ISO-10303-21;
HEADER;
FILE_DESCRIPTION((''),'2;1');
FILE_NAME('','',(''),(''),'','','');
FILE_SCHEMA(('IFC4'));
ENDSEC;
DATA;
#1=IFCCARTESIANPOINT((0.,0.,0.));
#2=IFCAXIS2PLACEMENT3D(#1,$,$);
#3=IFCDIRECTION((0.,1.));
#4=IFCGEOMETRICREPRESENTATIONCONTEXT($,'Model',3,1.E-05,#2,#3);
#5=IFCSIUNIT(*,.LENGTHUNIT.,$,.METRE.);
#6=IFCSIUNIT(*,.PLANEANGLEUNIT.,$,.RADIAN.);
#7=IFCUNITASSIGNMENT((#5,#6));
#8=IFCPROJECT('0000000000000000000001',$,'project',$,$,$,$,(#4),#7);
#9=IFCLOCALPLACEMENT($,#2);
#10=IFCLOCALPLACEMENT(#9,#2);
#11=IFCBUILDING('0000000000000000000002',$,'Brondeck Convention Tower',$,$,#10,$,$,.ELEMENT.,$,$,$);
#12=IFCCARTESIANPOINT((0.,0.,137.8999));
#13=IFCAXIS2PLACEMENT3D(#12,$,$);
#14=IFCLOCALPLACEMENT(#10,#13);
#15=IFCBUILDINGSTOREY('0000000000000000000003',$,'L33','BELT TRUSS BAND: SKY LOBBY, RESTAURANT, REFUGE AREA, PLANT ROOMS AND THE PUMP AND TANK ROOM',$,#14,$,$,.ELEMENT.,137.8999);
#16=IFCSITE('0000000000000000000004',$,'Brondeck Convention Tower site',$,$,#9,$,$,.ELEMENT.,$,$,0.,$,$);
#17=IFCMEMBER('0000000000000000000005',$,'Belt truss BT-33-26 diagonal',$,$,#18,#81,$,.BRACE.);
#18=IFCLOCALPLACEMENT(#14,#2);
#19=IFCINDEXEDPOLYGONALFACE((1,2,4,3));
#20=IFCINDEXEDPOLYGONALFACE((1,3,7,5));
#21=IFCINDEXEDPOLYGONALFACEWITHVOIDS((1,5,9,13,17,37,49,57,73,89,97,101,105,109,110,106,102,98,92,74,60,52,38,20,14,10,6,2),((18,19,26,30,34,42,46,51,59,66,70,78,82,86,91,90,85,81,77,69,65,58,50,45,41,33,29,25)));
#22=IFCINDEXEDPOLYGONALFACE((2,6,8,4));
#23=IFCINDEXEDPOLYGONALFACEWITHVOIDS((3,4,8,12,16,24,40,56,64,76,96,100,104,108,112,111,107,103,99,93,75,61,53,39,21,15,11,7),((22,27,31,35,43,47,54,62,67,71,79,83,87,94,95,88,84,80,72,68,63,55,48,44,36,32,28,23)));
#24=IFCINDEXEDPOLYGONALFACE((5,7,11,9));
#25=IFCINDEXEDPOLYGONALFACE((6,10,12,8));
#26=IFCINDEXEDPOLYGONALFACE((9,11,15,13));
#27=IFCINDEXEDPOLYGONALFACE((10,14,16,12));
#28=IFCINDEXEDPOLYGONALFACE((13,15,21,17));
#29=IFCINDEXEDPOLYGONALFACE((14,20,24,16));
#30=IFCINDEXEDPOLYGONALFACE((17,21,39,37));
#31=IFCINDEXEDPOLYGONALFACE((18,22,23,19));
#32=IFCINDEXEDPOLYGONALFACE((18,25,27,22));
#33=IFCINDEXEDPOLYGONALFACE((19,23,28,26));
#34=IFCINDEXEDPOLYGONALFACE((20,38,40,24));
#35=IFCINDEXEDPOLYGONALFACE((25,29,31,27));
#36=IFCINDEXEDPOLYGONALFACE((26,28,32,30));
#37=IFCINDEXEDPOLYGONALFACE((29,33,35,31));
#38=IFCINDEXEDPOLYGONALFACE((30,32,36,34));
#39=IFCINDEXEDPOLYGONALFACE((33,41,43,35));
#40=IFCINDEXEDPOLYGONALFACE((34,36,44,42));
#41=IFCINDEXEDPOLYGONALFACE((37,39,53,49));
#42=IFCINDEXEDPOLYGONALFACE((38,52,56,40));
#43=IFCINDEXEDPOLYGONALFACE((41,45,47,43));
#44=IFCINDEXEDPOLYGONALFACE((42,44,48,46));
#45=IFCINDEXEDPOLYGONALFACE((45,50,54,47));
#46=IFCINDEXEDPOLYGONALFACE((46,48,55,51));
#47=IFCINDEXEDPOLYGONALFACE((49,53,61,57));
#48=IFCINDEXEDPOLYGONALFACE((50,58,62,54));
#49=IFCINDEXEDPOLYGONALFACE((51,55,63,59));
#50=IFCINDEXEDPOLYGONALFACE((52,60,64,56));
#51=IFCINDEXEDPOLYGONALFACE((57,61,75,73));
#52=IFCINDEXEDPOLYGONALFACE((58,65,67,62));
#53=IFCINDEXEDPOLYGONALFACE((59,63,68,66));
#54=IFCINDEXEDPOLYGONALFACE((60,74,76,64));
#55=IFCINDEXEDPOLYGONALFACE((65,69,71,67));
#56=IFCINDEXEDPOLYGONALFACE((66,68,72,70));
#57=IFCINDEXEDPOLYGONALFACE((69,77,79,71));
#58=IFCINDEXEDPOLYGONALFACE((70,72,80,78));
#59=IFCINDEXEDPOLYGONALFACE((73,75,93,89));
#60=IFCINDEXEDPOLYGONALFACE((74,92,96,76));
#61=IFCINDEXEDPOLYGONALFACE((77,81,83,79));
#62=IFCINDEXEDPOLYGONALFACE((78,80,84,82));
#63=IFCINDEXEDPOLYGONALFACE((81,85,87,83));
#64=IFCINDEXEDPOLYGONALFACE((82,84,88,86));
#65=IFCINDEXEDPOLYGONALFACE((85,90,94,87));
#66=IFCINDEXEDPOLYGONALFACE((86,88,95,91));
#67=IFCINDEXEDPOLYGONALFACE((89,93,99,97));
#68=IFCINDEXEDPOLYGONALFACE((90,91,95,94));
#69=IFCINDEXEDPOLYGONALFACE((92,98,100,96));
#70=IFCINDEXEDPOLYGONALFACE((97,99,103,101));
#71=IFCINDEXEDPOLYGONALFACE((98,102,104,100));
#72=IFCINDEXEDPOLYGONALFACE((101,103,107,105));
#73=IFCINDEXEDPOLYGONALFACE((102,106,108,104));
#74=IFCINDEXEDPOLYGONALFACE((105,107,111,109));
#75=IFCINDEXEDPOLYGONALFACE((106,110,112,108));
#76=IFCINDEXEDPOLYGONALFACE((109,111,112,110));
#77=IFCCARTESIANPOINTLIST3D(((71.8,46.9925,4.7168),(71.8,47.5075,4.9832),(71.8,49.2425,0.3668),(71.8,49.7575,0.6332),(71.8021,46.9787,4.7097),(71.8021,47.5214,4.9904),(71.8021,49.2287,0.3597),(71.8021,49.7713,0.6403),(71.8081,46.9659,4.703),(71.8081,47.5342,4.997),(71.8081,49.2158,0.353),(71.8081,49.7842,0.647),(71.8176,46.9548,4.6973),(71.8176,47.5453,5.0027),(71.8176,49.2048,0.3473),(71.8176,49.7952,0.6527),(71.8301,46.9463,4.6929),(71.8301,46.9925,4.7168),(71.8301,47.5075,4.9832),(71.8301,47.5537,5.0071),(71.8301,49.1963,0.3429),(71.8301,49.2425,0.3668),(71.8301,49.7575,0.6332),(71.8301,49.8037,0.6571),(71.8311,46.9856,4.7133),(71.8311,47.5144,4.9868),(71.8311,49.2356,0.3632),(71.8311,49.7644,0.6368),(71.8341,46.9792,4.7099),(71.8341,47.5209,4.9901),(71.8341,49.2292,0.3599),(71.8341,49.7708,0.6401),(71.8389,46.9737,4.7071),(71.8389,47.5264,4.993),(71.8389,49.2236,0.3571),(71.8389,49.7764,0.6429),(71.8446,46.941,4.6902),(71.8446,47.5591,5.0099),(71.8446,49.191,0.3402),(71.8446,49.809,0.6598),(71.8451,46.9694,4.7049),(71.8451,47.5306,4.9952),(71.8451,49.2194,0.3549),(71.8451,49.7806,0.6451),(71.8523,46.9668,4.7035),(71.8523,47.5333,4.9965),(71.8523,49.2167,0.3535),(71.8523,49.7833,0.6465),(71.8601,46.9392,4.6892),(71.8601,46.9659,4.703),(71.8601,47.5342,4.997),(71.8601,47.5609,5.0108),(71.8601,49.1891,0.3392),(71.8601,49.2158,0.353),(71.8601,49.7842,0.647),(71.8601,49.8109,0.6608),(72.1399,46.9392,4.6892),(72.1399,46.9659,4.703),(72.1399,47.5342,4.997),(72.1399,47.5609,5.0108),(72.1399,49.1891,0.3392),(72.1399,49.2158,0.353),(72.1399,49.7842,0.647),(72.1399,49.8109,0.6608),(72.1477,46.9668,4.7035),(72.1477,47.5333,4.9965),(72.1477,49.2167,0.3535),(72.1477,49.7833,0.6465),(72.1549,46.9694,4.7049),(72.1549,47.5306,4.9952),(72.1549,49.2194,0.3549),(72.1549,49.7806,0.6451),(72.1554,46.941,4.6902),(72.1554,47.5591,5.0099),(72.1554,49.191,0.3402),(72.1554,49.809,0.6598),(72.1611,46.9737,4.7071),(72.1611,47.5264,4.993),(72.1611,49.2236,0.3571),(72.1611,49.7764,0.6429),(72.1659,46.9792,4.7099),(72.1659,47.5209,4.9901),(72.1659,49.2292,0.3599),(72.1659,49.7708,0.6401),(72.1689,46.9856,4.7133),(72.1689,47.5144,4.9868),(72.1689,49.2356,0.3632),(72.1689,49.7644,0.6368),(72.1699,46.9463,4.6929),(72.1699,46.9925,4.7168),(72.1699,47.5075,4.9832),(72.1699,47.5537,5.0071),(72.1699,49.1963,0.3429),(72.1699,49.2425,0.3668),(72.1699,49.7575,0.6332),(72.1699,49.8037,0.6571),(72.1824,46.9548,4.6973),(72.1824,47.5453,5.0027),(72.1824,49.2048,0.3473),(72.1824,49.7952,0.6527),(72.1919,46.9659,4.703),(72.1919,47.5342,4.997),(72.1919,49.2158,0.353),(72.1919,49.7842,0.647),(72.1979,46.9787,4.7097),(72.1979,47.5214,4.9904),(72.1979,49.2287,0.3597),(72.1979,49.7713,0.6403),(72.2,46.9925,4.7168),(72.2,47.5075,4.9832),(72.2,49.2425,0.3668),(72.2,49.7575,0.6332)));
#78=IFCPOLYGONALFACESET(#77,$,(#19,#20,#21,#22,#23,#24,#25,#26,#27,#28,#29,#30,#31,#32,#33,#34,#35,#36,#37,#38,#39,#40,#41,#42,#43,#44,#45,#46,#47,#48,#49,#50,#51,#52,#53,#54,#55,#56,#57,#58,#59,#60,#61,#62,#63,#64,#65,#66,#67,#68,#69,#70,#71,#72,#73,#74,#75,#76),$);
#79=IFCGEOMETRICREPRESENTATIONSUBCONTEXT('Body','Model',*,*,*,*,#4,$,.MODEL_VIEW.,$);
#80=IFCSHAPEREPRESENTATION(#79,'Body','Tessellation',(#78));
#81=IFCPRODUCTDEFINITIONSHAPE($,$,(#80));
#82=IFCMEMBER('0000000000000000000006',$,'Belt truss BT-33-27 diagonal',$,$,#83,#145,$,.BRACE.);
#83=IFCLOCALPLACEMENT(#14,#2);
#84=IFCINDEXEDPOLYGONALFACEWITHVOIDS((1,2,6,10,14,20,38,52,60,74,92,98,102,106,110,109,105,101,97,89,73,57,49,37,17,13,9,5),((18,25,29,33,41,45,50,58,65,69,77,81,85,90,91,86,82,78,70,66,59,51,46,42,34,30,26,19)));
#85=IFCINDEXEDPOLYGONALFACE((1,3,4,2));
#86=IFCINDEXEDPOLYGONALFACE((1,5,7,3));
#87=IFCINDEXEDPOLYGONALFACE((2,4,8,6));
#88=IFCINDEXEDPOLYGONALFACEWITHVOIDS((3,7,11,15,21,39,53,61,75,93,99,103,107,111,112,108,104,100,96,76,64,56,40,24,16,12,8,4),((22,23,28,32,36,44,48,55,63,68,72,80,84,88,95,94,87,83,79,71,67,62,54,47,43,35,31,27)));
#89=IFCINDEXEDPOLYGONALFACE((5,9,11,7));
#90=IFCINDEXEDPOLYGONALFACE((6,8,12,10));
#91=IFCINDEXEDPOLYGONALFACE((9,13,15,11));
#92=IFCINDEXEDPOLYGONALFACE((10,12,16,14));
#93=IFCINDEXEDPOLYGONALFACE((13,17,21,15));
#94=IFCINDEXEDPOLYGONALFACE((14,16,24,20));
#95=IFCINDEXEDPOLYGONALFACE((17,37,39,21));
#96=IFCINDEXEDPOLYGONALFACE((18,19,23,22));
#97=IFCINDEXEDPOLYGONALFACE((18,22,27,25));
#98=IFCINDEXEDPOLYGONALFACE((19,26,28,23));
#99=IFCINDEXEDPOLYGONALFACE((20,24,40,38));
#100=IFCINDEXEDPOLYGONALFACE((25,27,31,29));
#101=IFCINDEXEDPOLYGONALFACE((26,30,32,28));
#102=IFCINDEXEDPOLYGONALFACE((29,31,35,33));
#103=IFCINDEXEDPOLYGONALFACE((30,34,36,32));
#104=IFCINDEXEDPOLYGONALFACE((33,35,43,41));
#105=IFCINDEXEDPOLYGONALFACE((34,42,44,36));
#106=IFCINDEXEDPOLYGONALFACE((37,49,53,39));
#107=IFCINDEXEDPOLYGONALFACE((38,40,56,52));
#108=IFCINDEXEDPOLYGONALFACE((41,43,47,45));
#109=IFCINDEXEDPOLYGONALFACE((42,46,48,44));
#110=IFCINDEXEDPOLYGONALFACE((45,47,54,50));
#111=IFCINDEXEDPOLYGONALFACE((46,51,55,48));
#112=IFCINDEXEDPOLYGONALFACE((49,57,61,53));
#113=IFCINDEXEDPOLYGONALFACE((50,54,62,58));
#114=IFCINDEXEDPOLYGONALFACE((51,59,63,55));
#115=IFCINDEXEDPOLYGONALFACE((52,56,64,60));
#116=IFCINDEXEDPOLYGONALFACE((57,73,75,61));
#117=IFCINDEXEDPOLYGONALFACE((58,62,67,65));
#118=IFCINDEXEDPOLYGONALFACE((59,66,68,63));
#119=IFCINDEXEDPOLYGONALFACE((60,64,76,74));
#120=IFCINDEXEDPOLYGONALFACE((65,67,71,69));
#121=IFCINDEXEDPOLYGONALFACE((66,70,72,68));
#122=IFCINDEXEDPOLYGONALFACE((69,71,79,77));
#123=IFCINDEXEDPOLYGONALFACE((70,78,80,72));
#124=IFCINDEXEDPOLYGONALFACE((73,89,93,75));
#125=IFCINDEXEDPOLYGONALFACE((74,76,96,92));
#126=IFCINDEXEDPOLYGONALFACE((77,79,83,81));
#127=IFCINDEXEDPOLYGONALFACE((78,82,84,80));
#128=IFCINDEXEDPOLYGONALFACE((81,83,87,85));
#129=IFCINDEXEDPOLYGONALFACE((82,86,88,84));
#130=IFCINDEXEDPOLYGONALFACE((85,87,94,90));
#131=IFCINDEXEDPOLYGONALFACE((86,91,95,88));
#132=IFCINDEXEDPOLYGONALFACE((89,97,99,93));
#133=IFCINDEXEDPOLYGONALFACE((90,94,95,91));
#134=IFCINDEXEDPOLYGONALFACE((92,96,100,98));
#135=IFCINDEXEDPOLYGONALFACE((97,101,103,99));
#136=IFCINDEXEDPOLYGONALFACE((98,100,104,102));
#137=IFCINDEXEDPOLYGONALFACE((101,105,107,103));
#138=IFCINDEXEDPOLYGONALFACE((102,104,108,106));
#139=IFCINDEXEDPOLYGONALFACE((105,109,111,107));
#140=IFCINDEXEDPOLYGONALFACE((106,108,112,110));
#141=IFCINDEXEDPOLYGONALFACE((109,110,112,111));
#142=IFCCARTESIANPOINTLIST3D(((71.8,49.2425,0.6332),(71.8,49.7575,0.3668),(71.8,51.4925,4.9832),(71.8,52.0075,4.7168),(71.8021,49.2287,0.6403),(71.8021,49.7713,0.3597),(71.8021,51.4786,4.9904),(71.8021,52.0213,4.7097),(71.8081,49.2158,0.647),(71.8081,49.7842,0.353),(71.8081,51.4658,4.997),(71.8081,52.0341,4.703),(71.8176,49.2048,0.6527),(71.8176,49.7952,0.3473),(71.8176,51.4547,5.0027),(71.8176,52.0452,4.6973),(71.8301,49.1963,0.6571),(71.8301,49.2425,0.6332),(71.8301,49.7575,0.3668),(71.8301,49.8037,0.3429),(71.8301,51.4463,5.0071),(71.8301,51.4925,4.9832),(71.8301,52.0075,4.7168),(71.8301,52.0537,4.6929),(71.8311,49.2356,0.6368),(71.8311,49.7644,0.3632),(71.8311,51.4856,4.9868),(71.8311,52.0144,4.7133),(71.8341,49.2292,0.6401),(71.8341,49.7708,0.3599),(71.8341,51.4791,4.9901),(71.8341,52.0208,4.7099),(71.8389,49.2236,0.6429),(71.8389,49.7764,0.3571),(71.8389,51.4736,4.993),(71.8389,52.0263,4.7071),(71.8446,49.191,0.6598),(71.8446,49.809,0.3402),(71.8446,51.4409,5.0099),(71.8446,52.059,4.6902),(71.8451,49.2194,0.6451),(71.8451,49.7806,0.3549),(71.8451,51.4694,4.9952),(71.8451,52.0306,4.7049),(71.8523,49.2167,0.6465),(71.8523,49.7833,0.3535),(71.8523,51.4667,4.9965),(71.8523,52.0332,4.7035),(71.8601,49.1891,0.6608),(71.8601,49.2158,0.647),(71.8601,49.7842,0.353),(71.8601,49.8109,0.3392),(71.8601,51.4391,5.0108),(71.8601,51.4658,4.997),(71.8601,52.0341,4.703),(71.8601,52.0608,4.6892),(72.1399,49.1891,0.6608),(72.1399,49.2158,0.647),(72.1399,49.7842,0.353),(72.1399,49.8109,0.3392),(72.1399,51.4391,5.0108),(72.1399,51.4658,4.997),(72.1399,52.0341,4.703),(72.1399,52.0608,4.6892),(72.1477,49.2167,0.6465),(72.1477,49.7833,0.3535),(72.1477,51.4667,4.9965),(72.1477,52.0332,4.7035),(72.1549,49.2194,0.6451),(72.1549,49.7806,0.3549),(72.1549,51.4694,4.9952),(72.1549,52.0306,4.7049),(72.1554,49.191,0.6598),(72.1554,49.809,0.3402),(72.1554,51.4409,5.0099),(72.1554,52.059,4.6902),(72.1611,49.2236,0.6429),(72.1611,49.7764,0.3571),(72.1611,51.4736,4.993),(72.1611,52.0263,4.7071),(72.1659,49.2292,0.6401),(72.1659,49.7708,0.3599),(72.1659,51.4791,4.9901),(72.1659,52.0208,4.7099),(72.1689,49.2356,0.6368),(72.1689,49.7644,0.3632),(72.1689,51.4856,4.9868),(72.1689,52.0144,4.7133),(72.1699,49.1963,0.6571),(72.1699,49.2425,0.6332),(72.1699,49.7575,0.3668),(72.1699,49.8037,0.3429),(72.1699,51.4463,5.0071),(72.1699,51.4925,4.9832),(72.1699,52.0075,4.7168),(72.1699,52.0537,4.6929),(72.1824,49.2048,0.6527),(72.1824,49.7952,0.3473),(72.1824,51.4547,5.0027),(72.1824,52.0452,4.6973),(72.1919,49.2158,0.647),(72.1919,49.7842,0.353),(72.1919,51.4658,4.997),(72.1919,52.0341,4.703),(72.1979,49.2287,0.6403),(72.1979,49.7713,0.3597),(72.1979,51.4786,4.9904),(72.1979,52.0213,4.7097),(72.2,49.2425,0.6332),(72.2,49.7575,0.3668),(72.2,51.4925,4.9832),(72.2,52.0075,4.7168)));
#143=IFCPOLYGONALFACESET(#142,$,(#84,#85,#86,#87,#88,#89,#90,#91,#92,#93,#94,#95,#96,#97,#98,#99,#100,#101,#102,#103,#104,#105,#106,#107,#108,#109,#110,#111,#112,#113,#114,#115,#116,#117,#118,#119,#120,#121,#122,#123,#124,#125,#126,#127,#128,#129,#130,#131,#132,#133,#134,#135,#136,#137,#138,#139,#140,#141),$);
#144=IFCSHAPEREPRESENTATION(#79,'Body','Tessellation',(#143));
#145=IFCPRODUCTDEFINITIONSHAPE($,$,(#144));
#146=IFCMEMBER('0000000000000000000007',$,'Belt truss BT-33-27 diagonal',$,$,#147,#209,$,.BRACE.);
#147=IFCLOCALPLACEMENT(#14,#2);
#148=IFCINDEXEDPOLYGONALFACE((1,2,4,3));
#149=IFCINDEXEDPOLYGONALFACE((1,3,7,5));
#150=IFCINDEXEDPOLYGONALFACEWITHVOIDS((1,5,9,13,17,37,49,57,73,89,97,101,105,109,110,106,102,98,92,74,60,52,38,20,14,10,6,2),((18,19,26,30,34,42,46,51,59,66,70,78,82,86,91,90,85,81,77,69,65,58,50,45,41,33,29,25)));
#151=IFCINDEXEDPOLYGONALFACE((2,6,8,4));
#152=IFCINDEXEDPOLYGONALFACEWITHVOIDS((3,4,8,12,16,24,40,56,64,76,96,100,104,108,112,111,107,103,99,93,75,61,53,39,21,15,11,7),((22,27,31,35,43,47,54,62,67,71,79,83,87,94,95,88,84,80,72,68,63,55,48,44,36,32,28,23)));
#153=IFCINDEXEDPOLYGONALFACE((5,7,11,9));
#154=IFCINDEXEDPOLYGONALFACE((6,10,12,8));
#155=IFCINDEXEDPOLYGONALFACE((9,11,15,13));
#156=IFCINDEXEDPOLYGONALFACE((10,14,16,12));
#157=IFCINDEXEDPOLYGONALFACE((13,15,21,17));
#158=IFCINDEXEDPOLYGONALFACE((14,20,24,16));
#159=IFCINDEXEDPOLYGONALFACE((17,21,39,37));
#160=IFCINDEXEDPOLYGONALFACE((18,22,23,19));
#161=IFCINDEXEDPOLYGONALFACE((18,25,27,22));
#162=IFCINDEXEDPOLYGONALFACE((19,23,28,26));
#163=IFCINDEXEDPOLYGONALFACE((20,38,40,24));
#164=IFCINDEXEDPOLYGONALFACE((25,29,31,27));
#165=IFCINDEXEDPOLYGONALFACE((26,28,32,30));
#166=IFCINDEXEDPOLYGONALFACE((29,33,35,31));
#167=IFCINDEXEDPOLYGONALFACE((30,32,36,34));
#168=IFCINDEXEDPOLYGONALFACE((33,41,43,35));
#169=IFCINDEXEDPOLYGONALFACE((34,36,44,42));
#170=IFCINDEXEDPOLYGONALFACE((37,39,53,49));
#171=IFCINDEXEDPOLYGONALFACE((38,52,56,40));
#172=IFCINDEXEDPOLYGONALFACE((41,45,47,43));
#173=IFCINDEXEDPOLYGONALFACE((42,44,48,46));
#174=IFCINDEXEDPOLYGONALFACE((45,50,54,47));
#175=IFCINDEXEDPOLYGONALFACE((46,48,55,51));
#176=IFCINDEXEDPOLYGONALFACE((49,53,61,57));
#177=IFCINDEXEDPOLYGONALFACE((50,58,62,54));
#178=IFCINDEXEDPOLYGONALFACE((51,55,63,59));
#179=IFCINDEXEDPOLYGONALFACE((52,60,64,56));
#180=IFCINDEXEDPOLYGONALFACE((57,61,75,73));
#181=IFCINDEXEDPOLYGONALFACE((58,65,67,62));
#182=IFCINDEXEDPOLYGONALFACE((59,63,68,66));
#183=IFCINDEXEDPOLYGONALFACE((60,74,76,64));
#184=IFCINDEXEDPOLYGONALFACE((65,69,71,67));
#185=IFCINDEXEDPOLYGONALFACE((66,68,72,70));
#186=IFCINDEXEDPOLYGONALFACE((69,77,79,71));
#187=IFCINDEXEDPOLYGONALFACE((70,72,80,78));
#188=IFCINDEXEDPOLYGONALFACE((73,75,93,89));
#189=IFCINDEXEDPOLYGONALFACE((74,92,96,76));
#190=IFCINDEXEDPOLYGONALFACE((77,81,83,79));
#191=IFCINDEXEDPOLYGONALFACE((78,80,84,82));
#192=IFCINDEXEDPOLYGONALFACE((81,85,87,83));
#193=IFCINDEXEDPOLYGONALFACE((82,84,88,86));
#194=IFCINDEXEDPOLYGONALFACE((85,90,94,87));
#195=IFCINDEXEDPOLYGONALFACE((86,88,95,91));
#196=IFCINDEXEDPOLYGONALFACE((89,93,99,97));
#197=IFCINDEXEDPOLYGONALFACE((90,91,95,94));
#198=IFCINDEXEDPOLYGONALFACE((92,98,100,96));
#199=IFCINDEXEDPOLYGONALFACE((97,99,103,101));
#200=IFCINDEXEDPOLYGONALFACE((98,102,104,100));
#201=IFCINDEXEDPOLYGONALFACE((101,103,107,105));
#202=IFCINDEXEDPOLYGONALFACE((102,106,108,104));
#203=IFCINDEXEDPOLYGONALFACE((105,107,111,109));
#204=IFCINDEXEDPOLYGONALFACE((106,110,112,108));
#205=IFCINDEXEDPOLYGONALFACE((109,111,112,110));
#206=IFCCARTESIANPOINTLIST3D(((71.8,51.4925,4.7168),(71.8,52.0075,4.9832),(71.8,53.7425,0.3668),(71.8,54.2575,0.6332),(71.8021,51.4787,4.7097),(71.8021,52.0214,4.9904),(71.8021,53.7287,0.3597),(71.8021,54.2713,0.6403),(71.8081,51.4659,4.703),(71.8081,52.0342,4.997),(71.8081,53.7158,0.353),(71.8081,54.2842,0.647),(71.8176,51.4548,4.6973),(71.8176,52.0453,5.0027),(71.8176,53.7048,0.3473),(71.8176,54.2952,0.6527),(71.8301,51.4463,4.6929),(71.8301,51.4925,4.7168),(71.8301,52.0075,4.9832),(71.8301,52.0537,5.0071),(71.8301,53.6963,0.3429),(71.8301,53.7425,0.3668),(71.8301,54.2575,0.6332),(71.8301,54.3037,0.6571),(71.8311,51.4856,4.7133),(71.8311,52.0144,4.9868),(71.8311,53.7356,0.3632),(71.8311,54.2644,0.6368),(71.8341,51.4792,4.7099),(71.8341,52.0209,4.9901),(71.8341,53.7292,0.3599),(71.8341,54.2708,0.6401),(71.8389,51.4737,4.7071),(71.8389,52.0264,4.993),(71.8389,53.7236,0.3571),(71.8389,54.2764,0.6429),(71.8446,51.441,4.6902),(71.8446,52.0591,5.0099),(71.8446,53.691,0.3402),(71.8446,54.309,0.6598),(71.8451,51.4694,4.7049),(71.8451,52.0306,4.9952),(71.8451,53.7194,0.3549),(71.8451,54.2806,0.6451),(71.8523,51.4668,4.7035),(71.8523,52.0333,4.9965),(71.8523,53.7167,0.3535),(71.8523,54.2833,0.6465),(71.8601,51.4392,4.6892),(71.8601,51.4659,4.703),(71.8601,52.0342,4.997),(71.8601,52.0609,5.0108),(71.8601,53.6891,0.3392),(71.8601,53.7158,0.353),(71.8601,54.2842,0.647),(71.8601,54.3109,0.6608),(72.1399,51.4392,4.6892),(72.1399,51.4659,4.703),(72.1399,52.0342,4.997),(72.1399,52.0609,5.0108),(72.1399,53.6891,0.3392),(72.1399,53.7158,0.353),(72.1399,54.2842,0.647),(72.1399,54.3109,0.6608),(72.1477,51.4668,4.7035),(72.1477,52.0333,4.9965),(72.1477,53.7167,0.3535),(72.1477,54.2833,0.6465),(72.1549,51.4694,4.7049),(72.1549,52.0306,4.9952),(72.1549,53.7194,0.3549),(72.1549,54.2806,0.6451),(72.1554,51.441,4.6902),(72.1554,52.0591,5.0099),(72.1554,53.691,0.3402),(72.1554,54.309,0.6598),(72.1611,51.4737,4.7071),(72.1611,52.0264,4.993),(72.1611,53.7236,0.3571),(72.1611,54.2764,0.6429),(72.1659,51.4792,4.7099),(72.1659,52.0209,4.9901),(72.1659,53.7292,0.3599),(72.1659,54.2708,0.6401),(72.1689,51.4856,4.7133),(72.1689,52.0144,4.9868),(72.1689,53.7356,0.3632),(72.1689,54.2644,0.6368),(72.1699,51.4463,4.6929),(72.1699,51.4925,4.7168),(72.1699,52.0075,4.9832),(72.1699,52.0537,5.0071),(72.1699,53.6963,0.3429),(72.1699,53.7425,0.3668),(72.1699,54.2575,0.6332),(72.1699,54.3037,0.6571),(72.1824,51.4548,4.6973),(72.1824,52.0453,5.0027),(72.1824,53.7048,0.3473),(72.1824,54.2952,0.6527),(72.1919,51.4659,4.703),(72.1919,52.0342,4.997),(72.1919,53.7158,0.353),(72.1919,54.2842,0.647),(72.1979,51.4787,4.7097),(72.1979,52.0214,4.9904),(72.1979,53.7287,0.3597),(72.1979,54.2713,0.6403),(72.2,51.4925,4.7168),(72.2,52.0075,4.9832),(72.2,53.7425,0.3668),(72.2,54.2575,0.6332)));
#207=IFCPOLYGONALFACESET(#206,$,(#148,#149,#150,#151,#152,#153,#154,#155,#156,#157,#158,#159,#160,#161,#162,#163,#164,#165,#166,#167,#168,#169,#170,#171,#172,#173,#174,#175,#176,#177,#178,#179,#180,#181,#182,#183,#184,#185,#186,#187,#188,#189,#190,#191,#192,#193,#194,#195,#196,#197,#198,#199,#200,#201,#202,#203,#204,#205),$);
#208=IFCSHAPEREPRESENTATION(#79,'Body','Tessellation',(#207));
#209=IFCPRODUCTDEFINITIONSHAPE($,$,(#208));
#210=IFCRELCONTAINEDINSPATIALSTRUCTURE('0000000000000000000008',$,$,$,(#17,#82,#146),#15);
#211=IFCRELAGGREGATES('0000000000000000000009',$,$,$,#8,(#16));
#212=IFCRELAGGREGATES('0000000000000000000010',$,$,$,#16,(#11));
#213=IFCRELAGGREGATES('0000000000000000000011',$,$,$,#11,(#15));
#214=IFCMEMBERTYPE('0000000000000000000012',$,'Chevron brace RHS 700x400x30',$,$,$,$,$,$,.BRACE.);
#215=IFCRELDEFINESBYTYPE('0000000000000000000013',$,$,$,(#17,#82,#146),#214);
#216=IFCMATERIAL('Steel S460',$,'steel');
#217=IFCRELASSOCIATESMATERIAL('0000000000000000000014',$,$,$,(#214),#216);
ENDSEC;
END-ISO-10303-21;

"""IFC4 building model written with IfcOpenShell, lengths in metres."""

from ifc_helpers import new_model, si_unit, direction, frame, origin, origin_2d, place, context, subcontext, project, spatial, hollow_rectangle, extrude, material, material_profile, profile_set, type_object, element, save


model = new_model("IFC4")

# Units and contexts
model_context = context("Model", 3, precision=1e-05, world=origin(), true_north=direction((0.0, 1.0)))
body_context = subcontext(model_context, "Body", "Model", "MODEL_VIEW")
ifc_project = project(units=[si_unit("LENGTHUNIT", "METRE"), si_unit("PLANEANGLEUNIT", "RADIAN")], contexts=[model_context])

# Site, building, storey
site_placement = place(None, origin())
site = spatial("IfcSite", under=ifc_project, at=site_placement, Name="Brondeck Convention Tower site", CompositionType="ELEMENT", RefElevation=0.0)
building_placement = place(site_placement, origin())
building = spatial("IfcBuilding", under=site, at=building_placement, Name="Brondeck Convention Tower", CompositionType="ELEMENT")
storey_placement = place(building_placement, frame((0.0, 0.0, 137.8999)))
storey = spatial("IfcBuildingStorey", under=building, at=storey_placement, Name="L33", Description="BELT TRUSS BAND: SKY LOBBY, RESTAURANT, REFUGE AREA, PLANT ROOMS AND THE PUMP AND TANK ROOM", CompositionType="ELEMENT", Elevation=137.8999)

# Members
ifc_material_1 = material(Name="Steel S460", Category="steel")
ifc_material_profile_1 = material_profile(ifc_material_1, hollow_rectangle(XDim=0.3999, YDim=0.7, WallThickness=0.03, InnerFilletRadius=0.03, OuterFilletRadius=0.0601, at=origin_2d()), Name="RHS 700x400x30")
ifc_profile_set_1 = profile_set([ifc_material_profile_1], Name="Steel S460")
member_type_1 = type_object("IfcMemberType", Name="Chevron brace RHS 700x400x30", PredefinedType="BRACE", material=ifc_profile_set_1)
for number, where, z_axis, x_axis, name in (
    (1, (72.0, 49.5, 0.5), (0.0, -0.459415, 0.888222), (1.0, 0.0, 0.0), "Belt truss BT-33-26 diagonal"),
    (2, (72.0, 49.5, 0.5), (0.0, 0.459415, 0.888222), (-1.0, 0.0, 0.0), "Belt truss BT-33-27 diagonal"),
    (3, (72.0, 54.0, 0.5), (0.0, -0.459415, 0.888222), (1.0, 0.0, 0.0), "Belt truss BT-33-27 diagonal"),
):
    element("IfcMember", number, at=place(storey_placement, frame(where, z_axis=z_axis, x_axis=x_axis)), inside=storey, type_object=member_type_1, Name=name, PredefinedType="BRACE", context=body_context, shape_type="SweptSolid", body=[
        extrude(hollow_rectangle(XDim=0.3999, YDim=0.7, WallThickness=0.03, InnerFilletRadius=0.03, OuterFilletRadius=0.0601, at=origin_2d()), origin(), (0.0, 0.0, 1.0), 4.8975),
    ])

save(model, "model.ifc")
